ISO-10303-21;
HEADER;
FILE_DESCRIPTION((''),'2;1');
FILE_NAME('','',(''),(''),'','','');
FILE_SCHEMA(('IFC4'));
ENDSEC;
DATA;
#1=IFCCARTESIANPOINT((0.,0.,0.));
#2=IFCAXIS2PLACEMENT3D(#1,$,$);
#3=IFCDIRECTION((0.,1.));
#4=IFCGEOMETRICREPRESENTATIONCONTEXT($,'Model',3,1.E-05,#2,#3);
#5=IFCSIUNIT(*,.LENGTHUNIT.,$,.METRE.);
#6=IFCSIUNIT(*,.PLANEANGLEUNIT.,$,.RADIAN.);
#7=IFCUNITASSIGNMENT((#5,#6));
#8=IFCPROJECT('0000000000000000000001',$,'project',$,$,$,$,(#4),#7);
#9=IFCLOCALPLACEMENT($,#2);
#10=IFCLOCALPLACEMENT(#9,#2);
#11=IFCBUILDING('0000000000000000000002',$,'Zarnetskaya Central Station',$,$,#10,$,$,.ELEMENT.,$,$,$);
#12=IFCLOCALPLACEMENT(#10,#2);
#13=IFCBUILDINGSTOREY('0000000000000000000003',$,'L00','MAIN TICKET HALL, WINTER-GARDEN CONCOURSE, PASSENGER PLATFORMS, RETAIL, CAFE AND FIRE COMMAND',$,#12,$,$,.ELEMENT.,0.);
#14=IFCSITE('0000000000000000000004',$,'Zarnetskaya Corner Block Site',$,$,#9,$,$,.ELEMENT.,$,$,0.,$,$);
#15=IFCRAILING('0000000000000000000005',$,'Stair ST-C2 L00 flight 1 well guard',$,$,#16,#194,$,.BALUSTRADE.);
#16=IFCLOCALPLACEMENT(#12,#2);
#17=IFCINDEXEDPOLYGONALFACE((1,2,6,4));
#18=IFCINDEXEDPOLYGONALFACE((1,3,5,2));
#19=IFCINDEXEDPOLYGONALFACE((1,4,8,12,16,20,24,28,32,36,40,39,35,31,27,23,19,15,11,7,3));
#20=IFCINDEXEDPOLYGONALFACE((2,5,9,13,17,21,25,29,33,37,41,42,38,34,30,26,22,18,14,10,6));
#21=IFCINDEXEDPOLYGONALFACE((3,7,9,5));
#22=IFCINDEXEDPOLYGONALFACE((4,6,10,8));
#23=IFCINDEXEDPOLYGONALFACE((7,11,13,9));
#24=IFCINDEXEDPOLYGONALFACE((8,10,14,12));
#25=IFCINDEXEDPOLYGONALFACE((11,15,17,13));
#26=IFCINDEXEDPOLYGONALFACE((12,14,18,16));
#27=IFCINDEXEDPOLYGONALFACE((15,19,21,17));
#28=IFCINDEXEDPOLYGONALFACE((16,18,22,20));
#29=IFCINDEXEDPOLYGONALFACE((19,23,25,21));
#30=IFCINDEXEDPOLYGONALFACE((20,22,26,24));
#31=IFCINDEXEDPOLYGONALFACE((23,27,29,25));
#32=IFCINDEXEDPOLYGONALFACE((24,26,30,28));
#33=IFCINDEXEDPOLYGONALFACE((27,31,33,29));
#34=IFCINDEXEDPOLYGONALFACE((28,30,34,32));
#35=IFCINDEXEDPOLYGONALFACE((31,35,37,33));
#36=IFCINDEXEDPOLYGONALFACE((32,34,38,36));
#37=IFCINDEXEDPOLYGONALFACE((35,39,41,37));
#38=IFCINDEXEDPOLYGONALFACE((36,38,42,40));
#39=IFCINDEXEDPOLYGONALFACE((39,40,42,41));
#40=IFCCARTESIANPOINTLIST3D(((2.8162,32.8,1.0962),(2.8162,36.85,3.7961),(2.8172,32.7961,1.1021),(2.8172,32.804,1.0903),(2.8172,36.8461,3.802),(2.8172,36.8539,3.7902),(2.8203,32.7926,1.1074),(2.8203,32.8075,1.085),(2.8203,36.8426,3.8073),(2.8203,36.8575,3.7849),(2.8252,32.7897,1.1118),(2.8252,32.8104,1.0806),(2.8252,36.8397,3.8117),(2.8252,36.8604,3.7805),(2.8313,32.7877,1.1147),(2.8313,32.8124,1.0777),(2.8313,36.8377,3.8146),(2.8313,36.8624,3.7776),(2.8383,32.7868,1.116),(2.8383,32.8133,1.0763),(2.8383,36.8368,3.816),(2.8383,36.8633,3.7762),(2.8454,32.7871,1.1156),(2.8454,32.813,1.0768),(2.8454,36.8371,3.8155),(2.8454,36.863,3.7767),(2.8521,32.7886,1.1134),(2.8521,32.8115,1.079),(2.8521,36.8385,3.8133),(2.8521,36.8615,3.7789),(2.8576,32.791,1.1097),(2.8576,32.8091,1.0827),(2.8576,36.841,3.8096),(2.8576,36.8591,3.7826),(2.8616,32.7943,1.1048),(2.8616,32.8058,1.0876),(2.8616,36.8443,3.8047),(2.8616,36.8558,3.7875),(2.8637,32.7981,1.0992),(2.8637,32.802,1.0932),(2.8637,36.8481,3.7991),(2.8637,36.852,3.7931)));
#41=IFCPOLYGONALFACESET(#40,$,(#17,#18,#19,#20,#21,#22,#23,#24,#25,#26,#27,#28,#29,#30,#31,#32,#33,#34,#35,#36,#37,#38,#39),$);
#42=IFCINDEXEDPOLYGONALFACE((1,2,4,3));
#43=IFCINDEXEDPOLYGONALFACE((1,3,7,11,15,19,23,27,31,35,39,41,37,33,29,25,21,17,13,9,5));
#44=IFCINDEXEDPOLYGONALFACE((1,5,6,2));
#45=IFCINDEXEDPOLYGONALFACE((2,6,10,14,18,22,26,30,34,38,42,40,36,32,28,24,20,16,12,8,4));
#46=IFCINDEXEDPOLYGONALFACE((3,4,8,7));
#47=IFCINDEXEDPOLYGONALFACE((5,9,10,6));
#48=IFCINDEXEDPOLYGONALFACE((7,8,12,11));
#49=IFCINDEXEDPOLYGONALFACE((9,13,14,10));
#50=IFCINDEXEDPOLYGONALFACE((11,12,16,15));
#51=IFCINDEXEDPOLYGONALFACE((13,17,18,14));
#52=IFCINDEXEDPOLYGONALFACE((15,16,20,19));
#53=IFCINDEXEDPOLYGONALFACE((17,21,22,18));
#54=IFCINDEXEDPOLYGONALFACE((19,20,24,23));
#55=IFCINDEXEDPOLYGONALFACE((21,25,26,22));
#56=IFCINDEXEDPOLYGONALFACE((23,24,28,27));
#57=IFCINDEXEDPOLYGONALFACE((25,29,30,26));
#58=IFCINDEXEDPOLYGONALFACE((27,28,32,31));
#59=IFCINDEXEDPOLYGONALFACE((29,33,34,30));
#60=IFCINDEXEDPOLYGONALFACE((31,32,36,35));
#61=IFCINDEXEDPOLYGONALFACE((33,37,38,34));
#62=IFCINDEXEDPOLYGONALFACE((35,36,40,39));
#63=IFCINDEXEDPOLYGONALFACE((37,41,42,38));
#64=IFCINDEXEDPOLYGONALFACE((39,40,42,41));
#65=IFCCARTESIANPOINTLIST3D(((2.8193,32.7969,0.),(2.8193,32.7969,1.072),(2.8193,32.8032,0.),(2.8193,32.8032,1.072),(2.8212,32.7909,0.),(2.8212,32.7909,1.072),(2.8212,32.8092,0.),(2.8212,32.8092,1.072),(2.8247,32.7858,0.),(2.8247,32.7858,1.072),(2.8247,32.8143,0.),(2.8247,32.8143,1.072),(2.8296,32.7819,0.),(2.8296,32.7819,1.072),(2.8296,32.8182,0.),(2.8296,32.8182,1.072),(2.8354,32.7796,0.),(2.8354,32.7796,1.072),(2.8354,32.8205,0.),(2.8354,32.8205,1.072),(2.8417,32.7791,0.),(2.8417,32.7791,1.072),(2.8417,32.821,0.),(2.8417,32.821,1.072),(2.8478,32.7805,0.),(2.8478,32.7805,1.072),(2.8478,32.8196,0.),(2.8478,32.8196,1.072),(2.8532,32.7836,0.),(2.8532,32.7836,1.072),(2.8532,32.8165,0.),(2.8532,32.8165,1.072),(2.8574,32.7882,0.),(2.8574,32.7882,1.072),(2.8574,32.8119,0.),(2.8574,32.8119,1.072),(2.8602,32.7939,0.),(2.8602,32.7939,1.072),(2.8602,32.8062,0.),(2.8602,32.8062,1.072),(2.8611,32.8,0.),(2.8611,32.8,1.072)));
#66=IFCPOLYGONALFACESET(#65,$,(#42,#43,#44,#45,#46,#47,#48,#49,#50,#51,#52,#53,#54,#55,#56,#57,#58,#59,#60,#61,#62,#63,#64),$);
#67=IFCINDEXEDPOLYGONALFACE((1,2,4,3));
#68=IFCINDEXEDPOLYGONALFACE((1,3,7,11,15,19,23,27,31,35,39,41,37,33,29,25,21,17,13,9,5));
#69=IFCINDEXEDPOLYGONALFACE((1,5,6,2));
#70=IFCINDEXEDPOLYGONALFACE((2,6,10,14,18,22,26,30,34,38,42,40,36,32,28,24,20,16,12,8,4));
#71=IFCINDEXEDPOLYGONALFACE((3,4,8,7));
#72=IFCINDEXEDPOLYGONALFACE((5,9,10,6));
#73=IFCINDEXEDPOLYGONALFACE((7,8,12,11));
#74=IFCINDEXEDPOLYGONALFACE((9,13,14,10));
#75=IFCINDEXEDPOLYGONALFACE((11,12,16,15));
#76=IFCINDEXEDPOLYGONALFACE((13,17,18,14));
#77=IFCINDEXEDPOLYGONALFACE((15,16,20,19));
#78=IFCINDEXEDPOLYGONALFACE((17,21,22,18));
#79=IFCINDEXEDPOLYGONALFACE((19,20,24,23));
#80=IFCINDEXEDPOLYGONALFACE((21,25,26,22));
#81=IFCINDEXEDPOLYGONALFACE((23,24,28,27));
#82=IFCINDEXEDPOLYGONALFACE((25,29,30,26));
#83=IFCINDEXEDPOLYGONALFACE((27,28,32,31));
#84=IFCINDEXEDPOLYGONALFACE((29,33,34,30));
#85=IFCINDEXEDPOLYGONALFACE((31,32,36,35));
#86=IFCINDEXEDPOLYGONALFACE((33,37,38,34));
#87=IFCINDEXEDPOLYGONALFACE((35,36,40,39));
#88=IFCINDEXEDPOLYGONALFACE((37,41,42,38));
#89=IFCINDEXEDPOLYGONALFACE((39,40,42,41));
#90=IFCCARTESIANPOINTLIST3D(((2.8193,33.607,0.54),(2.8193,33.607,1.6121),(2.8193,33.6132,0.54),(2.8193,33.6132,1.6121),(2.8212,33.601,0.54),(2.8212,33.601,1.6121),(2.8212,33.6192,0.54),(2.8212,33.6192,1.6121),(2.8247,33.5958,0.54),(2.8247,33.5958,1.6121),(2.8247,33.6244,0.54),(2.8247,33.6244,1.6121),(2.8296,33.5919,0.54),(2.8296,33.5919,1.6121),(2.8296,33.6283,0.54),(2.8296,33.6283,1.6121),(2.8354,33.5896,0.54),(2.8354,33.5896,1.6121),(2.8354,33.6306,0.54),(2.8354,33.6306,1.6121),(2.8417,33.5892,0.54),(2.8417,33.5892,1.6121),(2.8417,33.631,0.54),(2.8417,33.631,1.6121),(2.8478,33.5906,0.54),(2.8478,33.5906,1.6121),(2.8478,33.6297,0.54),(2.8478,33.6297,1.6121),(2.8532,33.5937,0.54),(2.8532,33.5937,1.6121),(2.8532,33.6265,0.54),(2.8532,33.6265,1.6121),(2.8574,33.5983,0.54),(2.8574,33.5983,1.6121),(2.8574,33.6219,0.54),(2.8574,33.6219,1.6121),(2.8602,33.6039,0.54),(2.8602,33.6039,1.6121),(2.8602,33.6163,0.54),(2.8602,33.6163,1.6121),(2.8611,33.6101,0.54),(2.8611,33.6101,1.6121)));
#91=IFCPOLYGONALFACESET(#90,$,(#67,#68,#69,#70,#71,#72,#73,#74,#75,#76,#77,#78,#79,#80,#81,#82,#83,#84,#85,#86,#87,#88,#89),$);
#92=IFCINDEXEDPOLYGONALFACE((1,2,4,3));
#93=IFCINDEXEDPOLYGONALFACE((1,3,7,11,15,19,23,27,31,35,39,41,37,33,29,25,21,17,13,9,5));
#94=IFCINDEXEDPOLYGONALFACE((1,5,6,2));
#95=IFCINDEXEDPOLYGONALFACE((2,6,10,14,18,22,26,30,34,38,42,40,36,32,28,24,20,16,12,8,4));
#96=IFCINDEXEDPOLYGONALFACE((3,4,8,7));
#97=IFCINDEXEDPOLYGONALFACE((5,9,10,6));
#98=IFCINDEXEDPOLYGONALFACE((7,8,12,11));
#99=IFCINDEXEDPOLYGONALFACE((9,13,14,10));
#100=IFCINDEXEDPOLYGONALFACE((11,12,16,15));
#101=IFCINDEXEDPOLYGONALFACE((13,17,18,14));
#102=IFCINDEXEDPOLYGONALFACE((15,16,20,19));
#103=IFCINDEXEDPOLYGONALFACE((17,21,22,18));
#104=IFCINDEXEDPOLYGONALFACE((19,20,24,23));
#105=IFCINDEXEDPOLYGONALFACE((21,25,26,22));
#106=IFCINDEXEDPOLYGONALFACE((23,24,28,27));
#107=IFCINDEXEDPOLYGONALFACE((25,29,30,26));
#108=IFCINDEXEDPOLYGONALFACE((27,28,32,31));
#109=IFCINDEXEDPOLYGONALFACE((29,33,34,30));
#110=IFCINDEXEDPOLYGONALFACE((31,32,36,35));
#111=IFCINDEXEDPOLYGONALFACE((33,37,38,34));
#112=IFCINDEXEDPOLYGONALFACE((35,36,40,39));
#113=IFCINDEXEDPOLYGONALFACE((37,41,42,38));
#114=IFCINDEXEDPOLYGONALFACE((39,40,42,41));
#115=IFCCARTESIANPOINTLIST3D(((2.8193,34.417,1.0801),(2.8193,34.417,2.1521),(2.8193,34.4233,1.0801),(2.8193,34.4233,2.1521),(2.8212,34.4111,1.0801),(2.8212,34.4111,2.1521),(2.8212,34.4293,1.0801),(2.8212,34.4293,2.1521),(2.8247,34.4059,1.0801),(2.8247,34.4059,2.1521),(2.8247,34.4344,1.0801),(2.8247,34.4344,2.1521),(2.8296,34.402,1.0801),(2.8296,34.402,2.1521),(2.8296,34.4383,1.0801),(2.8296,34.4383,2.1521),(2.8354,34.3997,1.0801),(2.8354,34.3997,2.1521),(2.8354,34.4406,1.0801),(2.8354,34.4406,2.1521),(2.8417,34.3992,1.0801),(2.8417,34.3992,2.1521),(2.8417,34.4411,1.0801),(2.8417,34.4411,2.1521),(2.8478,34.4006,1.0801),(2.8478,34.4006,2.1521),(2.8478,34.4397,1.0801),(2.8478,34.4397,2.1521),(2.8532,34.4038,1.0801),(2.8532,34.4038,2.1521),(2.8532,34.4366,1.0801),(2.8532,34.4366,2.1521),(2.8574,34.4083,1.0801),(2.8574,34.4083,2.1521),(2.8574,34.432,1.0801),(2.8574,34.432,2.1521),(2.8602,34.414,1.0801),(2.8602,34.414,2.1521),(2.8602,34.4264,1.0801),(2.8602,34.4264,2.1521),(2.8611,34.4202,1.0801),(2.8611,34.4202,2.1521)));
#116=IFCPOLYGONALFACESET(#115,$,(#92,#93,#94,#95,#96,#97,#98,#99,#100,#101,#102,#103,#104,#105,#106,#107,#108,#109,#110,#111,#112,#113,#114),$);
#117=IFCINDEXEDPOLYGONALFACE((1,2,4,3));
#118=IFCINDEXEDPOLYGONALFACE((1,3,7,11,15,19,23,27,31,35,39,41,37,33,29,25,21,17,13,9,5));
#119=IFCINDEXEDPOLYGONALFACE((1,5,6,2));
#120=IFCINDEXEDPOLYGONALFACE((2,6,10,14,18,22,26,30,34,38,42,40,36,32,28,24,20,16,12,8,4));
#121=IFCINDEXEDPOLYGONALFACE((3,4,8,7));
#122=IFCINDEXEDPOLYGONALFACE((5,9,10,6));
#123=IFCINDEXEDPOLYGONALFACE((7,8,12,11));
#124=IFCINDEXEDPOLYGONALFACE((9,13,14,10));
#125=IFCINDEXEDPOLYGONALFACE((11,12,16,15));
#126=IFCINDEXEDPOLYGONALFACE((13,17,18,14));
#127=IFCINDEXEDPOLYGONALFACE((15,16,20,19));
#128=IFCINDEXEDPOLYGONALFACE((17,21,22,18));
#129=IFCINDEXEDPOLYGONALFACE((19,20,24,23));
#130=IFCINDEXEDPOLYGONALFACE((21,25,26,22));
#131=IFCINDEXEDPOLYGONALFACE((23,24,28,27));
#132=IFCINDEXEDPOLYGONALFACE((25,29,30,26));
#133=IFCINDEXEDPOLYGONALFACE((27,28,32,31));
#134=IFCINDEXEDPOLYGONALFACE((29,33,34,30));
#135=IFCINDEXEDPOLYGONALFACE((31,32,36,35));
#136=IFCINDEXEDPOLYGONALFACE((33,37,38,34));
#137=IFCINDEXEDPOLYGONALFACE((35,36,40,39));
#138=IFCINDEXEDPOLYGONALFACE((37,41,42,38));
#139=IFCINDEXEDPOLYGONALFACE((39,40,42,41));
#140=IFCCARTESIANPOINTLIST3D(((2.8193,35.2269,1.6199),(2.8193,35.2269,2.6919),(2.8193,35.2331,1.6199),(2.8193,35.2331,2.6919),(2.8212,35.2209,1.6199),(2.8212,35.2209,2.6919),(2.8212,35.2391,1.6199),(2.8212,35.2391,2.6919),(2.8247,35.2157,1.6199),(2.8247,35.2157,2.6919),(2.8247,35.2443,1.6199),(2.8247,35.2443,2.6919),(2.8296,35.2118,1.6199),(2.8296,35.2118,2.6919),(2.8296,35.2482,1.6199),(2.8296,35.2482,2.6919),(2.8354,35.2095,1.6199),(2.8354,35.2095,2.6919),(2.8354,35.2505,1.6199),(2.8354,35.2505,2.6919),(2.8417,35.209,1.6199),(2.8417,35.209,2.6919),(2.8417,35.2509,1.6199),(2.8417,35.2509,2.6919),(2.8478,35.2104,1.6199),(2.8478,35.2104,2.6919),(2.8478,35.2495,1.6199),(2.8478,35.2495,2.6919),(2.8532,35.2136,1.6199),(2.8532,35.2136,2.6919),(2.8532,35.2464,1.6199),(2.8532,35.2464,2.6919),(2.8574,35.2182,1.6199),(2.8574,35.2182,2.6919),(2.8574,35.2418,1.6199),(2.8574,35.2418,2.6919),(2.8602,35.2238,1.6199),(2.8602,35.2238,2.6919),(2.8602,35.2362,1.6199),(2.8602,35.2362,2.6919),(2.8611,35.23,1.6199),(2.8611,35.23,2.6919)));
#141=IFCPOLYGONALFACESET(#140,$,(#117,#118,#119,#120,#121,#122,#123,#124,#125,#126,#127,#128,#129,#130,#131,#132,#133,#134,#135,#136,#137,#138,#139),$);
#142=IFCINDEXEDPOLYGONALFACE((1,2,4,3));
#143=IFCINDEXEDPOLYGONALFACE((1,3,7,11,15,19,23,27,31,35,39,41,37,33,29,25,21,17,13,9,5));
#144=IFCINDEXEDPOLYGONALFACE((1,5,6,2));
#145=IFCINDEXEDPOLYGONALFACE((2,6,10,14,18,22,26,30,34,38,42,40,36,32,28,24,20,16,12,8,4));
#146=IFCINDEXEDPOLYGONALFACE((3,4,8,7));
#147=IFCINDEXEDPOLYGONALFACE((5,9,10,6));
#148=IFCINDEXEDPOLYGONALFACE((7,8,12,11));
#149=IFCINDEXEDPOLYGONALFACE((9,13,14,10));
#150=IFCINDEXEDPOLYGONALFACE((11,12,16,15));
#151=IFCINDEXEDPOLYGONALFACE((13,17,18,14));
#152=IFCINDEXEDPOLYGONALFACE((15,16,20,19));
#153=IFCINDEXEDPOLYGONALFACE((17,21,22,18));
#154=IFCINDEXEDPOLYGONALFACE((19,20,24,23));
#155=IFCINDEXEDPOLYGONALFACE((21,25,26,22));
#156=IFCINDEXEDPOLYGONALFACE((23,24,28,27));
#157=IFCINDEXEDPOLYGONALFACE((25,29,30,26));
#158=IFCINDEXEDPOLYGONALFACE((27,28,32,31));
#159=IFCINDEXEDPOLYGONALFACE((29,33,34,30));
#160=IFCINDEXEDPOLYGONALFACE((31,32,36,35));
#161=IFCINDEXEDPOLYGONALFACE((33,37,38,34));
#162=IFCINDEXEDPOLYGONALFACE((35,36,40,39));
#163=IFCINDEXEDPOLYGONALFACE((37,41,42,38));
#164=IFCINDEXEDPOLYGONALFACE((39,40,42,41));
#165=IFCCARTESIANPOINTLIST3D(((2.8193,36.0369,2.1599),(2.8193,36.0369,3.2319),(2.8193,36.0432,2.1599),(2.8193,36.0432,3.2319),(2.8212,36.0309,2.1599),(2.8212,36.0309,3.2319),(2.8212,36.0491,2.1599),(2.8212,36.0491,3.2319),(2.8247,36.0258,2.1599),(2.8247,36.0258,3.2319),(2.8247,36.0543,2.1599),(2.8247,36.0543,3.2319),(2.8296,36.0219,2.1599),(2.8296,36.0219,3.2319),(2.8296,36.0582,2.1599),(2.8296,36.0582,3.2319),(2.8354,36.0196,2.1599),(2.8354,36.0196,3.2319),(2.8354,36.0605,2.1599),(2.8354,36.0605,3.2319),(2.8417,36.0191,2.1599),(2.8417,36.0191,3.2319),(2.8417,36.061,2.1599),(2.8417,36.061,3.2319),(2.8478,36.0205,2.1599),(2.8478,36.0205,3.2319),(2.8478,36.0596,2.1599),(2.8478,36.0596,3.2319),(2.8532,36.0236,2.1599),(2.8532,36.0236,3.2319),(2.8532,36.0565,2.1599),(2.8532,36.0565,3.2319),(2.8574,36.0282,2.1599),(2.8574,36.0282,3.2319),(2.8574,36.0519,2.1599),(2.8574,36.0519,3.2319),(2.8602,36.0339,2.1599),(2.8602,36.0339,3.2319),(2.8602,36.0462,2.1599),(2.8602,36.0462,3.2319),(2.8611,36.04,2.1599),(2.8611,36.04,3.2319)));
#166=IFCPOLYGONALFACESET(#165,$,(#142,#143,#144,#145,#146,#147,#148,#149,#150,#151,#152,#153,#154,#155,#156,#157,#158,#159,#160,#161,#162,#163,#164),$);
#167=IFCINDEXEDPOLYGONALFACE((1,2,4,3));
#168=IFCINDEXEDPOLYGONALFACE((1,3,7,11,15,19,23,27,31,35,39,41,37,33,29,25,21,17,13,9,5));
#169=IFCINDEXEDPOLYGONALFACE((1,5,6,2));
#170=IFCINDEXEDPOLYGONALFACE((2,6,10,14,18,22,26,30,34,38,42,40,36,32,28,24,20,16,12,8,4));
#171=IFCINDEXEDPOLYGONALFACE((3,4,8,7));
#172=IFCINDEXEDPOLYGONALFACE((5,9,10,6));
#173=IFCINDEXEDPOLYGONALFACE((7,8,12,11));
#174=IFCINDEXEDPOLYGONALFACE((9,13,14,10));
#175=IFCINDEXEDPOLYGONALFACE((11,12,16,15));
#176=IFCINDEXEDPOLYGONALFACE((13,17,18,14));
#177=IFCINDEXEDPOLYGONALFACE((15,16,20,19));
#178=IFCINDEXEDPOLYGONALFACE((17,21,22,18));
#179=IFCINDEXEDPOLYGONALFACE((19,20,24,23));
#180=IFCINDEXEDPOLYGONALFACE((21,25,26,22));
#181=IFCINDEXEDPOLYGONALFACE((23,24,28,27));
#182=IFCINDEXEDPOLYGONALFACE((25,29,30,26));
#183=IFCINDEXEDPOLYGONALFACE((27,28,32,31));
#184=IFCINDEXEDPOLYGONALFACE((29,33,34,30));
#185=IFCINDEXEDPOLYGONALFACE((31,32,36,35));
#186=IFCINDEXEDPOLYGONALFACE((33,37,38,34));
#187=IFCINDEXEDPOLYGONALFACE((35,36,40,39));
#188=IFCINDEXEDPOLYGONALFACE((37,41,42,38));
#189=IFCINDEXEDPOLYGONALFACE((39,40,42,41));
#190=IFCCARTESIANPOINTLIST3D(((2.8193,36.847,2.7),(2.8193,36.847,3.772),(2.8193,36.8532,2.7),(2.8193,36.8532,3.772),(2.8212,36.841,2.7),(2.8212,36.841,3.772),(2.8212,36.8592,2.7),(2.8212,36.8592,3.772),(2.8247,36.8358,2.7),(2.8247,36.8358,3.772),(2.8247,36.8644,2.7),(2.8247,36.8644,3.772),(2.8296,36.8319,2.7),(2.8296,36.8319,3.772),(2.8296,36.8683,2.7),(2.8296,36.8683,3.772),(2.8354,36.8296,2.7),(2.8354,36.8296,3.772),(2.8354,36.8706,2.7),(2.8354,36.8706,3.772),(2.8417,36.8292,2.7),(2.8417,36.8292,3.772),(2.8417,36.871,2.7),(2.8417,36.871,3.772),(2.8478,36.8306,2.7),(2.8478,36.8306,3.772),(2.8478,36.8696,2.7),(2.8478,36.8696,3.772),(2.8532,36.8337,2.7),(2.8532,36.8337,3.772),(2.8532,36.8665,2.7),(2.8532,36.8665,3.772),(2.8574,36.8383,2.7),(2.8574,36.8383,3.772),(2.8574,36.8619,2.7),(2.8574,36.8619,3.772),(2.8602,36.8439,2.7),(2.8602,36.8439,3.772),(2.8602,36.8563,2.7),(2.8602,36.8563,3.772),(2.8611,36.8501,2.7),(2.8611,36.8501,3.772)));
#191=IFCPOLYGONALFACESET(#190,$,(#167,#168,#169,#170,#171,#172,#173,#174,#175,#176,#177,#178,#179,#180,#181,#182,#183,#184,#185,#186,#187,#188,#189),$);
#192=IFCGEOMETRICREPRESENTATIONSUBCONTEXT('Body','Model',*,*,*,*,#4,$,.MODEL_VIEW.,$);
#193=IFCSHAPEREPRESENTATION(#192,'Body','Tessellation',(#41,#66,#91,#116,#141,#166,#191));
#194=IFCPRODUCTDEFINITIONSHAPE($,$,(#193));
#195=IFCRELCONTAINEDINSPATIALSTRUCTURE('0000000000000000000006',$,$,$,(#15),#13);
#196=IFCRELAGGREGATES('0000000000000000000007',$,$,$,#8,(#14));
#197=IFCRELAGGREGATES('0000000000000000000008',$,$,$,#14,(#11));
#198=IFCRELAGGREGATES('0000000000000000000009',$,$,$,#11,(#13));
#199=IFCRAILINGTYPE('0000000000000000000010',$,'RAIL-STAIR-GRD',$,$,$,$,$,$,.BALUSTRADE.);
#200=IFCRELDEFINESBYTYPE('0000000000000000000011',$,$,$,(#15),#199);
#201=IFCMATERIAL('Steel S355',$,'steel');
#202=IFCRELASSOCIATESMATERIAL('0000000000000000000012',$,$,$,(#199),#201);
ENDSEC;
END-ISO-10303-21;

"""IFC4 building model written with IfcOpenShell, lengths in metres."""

from ifc_helpers import new_model, si_unit, direction, frame, origin, origin_2d, place, context, subcontext, project, spatial, circle, extrude, material, type_object, element, save


model = new_model("IFC4")

# Units and contexts
model_context = context("Model", 3, precision=1e-05, world=origin(), true_north=direction((0.0, 1.0)))
body_context = subcontext(model_context, "Body", "Model", "MODEL_VIEW")
ifc_project = project(units=[si_unit("LENGTHUNIT", "METRE"), si_unit("PLANEANGLEUNIT", "RADIAN")], contexts=[model_context])

# Site, building, storey
site_placement = place(None, origin())
site = spatial("IfcSite", under=ifc_project, at=site_placement, Name="Zarnetskaya Corner Block Site", CompositionType="ELEMENT", RefElevation=0.0)
building_placement = place(site_placement, origin())
building = spatial("IfcBuilding", under=site, at=building_placement, Name="Zarnetskaya Central Station", CompositionType="ELEMENT")
storey_placement = place(building_placement, origin())
storey = spatial("IfcBuildingStorey", under=building, at=storey_placement, Name="L00", Description="MAIN TICKET HALL, WINTER-GARDEN CONCOURSE, PASSENGER PLATFORMS, RETAIL, CAFE AND FIRE COMMAND", CompositionType="ELEMENT", Elevation=0.0)

# Shared definitions
ifc_material_1 = material(Name="Steel S355", Category="steel")

# Railing
railing_type_1 = type_object("IfcRailingType", Name="RAIL-STAIR-GRD", PredefinedType="BALUSTRADE", material=ifc_material_1)
railing_1_placement = place(storey_placement, frame((2.8401, 32.8, 0.0)))
element("IfcRailing", 1, at=railing_1_placement, inside=storey, type_object=railing_type_1, Name="Stair ST-C2 L00 flight 1 well guard", PredefinedType="BALUSTRADE", context=body_context, shape_type="SweptSolid", body=[
    extrude(circle(Radius=0.0239, at=origin_2d()), frame((0.0, 0.0, 1.0962), z_axis=(0.0, 0.832058, 0.554689), x_axis=(-1.0, 0.0, 0.0)), (0.0, 0.0, 1.0), 4.8674),
    extrude(circle(Radius=0.021, at=origin_2d()), origin(), (0.0, 0.0, 1.0), 1.072),
    extrude(circle(Radius=0.021, at=origin_2d()), frame((0.0, 0.8101, 0.54)), (0.0, 0.0, 1.0), 1.072),
    extrude(circle(Radius=0.021, at=origin_2d()), frame((0.0, 1.6201, 1.0801)), (0.0, 0.0, 1.0), 1.072),
    extrude(circle(Radius=0.021, at=origin_2d()), frame((0.0, 2.4299, 1.6199)), (0.0, 0.0, 1.0), 1.072),
    extrude(circle(Radius=0.021, at=origin_2d()), frame((0.0, 3.24, 2.1599)), (0.0, 0.0, 1.0), 1.072),
    extrude(circle(Radius=0.021, at=origin_2d()), frame((0.0, 4.05, 2.7)), (0.0, 0.0, 1.0), 1.072),
])

save(model, "model.ifc")
